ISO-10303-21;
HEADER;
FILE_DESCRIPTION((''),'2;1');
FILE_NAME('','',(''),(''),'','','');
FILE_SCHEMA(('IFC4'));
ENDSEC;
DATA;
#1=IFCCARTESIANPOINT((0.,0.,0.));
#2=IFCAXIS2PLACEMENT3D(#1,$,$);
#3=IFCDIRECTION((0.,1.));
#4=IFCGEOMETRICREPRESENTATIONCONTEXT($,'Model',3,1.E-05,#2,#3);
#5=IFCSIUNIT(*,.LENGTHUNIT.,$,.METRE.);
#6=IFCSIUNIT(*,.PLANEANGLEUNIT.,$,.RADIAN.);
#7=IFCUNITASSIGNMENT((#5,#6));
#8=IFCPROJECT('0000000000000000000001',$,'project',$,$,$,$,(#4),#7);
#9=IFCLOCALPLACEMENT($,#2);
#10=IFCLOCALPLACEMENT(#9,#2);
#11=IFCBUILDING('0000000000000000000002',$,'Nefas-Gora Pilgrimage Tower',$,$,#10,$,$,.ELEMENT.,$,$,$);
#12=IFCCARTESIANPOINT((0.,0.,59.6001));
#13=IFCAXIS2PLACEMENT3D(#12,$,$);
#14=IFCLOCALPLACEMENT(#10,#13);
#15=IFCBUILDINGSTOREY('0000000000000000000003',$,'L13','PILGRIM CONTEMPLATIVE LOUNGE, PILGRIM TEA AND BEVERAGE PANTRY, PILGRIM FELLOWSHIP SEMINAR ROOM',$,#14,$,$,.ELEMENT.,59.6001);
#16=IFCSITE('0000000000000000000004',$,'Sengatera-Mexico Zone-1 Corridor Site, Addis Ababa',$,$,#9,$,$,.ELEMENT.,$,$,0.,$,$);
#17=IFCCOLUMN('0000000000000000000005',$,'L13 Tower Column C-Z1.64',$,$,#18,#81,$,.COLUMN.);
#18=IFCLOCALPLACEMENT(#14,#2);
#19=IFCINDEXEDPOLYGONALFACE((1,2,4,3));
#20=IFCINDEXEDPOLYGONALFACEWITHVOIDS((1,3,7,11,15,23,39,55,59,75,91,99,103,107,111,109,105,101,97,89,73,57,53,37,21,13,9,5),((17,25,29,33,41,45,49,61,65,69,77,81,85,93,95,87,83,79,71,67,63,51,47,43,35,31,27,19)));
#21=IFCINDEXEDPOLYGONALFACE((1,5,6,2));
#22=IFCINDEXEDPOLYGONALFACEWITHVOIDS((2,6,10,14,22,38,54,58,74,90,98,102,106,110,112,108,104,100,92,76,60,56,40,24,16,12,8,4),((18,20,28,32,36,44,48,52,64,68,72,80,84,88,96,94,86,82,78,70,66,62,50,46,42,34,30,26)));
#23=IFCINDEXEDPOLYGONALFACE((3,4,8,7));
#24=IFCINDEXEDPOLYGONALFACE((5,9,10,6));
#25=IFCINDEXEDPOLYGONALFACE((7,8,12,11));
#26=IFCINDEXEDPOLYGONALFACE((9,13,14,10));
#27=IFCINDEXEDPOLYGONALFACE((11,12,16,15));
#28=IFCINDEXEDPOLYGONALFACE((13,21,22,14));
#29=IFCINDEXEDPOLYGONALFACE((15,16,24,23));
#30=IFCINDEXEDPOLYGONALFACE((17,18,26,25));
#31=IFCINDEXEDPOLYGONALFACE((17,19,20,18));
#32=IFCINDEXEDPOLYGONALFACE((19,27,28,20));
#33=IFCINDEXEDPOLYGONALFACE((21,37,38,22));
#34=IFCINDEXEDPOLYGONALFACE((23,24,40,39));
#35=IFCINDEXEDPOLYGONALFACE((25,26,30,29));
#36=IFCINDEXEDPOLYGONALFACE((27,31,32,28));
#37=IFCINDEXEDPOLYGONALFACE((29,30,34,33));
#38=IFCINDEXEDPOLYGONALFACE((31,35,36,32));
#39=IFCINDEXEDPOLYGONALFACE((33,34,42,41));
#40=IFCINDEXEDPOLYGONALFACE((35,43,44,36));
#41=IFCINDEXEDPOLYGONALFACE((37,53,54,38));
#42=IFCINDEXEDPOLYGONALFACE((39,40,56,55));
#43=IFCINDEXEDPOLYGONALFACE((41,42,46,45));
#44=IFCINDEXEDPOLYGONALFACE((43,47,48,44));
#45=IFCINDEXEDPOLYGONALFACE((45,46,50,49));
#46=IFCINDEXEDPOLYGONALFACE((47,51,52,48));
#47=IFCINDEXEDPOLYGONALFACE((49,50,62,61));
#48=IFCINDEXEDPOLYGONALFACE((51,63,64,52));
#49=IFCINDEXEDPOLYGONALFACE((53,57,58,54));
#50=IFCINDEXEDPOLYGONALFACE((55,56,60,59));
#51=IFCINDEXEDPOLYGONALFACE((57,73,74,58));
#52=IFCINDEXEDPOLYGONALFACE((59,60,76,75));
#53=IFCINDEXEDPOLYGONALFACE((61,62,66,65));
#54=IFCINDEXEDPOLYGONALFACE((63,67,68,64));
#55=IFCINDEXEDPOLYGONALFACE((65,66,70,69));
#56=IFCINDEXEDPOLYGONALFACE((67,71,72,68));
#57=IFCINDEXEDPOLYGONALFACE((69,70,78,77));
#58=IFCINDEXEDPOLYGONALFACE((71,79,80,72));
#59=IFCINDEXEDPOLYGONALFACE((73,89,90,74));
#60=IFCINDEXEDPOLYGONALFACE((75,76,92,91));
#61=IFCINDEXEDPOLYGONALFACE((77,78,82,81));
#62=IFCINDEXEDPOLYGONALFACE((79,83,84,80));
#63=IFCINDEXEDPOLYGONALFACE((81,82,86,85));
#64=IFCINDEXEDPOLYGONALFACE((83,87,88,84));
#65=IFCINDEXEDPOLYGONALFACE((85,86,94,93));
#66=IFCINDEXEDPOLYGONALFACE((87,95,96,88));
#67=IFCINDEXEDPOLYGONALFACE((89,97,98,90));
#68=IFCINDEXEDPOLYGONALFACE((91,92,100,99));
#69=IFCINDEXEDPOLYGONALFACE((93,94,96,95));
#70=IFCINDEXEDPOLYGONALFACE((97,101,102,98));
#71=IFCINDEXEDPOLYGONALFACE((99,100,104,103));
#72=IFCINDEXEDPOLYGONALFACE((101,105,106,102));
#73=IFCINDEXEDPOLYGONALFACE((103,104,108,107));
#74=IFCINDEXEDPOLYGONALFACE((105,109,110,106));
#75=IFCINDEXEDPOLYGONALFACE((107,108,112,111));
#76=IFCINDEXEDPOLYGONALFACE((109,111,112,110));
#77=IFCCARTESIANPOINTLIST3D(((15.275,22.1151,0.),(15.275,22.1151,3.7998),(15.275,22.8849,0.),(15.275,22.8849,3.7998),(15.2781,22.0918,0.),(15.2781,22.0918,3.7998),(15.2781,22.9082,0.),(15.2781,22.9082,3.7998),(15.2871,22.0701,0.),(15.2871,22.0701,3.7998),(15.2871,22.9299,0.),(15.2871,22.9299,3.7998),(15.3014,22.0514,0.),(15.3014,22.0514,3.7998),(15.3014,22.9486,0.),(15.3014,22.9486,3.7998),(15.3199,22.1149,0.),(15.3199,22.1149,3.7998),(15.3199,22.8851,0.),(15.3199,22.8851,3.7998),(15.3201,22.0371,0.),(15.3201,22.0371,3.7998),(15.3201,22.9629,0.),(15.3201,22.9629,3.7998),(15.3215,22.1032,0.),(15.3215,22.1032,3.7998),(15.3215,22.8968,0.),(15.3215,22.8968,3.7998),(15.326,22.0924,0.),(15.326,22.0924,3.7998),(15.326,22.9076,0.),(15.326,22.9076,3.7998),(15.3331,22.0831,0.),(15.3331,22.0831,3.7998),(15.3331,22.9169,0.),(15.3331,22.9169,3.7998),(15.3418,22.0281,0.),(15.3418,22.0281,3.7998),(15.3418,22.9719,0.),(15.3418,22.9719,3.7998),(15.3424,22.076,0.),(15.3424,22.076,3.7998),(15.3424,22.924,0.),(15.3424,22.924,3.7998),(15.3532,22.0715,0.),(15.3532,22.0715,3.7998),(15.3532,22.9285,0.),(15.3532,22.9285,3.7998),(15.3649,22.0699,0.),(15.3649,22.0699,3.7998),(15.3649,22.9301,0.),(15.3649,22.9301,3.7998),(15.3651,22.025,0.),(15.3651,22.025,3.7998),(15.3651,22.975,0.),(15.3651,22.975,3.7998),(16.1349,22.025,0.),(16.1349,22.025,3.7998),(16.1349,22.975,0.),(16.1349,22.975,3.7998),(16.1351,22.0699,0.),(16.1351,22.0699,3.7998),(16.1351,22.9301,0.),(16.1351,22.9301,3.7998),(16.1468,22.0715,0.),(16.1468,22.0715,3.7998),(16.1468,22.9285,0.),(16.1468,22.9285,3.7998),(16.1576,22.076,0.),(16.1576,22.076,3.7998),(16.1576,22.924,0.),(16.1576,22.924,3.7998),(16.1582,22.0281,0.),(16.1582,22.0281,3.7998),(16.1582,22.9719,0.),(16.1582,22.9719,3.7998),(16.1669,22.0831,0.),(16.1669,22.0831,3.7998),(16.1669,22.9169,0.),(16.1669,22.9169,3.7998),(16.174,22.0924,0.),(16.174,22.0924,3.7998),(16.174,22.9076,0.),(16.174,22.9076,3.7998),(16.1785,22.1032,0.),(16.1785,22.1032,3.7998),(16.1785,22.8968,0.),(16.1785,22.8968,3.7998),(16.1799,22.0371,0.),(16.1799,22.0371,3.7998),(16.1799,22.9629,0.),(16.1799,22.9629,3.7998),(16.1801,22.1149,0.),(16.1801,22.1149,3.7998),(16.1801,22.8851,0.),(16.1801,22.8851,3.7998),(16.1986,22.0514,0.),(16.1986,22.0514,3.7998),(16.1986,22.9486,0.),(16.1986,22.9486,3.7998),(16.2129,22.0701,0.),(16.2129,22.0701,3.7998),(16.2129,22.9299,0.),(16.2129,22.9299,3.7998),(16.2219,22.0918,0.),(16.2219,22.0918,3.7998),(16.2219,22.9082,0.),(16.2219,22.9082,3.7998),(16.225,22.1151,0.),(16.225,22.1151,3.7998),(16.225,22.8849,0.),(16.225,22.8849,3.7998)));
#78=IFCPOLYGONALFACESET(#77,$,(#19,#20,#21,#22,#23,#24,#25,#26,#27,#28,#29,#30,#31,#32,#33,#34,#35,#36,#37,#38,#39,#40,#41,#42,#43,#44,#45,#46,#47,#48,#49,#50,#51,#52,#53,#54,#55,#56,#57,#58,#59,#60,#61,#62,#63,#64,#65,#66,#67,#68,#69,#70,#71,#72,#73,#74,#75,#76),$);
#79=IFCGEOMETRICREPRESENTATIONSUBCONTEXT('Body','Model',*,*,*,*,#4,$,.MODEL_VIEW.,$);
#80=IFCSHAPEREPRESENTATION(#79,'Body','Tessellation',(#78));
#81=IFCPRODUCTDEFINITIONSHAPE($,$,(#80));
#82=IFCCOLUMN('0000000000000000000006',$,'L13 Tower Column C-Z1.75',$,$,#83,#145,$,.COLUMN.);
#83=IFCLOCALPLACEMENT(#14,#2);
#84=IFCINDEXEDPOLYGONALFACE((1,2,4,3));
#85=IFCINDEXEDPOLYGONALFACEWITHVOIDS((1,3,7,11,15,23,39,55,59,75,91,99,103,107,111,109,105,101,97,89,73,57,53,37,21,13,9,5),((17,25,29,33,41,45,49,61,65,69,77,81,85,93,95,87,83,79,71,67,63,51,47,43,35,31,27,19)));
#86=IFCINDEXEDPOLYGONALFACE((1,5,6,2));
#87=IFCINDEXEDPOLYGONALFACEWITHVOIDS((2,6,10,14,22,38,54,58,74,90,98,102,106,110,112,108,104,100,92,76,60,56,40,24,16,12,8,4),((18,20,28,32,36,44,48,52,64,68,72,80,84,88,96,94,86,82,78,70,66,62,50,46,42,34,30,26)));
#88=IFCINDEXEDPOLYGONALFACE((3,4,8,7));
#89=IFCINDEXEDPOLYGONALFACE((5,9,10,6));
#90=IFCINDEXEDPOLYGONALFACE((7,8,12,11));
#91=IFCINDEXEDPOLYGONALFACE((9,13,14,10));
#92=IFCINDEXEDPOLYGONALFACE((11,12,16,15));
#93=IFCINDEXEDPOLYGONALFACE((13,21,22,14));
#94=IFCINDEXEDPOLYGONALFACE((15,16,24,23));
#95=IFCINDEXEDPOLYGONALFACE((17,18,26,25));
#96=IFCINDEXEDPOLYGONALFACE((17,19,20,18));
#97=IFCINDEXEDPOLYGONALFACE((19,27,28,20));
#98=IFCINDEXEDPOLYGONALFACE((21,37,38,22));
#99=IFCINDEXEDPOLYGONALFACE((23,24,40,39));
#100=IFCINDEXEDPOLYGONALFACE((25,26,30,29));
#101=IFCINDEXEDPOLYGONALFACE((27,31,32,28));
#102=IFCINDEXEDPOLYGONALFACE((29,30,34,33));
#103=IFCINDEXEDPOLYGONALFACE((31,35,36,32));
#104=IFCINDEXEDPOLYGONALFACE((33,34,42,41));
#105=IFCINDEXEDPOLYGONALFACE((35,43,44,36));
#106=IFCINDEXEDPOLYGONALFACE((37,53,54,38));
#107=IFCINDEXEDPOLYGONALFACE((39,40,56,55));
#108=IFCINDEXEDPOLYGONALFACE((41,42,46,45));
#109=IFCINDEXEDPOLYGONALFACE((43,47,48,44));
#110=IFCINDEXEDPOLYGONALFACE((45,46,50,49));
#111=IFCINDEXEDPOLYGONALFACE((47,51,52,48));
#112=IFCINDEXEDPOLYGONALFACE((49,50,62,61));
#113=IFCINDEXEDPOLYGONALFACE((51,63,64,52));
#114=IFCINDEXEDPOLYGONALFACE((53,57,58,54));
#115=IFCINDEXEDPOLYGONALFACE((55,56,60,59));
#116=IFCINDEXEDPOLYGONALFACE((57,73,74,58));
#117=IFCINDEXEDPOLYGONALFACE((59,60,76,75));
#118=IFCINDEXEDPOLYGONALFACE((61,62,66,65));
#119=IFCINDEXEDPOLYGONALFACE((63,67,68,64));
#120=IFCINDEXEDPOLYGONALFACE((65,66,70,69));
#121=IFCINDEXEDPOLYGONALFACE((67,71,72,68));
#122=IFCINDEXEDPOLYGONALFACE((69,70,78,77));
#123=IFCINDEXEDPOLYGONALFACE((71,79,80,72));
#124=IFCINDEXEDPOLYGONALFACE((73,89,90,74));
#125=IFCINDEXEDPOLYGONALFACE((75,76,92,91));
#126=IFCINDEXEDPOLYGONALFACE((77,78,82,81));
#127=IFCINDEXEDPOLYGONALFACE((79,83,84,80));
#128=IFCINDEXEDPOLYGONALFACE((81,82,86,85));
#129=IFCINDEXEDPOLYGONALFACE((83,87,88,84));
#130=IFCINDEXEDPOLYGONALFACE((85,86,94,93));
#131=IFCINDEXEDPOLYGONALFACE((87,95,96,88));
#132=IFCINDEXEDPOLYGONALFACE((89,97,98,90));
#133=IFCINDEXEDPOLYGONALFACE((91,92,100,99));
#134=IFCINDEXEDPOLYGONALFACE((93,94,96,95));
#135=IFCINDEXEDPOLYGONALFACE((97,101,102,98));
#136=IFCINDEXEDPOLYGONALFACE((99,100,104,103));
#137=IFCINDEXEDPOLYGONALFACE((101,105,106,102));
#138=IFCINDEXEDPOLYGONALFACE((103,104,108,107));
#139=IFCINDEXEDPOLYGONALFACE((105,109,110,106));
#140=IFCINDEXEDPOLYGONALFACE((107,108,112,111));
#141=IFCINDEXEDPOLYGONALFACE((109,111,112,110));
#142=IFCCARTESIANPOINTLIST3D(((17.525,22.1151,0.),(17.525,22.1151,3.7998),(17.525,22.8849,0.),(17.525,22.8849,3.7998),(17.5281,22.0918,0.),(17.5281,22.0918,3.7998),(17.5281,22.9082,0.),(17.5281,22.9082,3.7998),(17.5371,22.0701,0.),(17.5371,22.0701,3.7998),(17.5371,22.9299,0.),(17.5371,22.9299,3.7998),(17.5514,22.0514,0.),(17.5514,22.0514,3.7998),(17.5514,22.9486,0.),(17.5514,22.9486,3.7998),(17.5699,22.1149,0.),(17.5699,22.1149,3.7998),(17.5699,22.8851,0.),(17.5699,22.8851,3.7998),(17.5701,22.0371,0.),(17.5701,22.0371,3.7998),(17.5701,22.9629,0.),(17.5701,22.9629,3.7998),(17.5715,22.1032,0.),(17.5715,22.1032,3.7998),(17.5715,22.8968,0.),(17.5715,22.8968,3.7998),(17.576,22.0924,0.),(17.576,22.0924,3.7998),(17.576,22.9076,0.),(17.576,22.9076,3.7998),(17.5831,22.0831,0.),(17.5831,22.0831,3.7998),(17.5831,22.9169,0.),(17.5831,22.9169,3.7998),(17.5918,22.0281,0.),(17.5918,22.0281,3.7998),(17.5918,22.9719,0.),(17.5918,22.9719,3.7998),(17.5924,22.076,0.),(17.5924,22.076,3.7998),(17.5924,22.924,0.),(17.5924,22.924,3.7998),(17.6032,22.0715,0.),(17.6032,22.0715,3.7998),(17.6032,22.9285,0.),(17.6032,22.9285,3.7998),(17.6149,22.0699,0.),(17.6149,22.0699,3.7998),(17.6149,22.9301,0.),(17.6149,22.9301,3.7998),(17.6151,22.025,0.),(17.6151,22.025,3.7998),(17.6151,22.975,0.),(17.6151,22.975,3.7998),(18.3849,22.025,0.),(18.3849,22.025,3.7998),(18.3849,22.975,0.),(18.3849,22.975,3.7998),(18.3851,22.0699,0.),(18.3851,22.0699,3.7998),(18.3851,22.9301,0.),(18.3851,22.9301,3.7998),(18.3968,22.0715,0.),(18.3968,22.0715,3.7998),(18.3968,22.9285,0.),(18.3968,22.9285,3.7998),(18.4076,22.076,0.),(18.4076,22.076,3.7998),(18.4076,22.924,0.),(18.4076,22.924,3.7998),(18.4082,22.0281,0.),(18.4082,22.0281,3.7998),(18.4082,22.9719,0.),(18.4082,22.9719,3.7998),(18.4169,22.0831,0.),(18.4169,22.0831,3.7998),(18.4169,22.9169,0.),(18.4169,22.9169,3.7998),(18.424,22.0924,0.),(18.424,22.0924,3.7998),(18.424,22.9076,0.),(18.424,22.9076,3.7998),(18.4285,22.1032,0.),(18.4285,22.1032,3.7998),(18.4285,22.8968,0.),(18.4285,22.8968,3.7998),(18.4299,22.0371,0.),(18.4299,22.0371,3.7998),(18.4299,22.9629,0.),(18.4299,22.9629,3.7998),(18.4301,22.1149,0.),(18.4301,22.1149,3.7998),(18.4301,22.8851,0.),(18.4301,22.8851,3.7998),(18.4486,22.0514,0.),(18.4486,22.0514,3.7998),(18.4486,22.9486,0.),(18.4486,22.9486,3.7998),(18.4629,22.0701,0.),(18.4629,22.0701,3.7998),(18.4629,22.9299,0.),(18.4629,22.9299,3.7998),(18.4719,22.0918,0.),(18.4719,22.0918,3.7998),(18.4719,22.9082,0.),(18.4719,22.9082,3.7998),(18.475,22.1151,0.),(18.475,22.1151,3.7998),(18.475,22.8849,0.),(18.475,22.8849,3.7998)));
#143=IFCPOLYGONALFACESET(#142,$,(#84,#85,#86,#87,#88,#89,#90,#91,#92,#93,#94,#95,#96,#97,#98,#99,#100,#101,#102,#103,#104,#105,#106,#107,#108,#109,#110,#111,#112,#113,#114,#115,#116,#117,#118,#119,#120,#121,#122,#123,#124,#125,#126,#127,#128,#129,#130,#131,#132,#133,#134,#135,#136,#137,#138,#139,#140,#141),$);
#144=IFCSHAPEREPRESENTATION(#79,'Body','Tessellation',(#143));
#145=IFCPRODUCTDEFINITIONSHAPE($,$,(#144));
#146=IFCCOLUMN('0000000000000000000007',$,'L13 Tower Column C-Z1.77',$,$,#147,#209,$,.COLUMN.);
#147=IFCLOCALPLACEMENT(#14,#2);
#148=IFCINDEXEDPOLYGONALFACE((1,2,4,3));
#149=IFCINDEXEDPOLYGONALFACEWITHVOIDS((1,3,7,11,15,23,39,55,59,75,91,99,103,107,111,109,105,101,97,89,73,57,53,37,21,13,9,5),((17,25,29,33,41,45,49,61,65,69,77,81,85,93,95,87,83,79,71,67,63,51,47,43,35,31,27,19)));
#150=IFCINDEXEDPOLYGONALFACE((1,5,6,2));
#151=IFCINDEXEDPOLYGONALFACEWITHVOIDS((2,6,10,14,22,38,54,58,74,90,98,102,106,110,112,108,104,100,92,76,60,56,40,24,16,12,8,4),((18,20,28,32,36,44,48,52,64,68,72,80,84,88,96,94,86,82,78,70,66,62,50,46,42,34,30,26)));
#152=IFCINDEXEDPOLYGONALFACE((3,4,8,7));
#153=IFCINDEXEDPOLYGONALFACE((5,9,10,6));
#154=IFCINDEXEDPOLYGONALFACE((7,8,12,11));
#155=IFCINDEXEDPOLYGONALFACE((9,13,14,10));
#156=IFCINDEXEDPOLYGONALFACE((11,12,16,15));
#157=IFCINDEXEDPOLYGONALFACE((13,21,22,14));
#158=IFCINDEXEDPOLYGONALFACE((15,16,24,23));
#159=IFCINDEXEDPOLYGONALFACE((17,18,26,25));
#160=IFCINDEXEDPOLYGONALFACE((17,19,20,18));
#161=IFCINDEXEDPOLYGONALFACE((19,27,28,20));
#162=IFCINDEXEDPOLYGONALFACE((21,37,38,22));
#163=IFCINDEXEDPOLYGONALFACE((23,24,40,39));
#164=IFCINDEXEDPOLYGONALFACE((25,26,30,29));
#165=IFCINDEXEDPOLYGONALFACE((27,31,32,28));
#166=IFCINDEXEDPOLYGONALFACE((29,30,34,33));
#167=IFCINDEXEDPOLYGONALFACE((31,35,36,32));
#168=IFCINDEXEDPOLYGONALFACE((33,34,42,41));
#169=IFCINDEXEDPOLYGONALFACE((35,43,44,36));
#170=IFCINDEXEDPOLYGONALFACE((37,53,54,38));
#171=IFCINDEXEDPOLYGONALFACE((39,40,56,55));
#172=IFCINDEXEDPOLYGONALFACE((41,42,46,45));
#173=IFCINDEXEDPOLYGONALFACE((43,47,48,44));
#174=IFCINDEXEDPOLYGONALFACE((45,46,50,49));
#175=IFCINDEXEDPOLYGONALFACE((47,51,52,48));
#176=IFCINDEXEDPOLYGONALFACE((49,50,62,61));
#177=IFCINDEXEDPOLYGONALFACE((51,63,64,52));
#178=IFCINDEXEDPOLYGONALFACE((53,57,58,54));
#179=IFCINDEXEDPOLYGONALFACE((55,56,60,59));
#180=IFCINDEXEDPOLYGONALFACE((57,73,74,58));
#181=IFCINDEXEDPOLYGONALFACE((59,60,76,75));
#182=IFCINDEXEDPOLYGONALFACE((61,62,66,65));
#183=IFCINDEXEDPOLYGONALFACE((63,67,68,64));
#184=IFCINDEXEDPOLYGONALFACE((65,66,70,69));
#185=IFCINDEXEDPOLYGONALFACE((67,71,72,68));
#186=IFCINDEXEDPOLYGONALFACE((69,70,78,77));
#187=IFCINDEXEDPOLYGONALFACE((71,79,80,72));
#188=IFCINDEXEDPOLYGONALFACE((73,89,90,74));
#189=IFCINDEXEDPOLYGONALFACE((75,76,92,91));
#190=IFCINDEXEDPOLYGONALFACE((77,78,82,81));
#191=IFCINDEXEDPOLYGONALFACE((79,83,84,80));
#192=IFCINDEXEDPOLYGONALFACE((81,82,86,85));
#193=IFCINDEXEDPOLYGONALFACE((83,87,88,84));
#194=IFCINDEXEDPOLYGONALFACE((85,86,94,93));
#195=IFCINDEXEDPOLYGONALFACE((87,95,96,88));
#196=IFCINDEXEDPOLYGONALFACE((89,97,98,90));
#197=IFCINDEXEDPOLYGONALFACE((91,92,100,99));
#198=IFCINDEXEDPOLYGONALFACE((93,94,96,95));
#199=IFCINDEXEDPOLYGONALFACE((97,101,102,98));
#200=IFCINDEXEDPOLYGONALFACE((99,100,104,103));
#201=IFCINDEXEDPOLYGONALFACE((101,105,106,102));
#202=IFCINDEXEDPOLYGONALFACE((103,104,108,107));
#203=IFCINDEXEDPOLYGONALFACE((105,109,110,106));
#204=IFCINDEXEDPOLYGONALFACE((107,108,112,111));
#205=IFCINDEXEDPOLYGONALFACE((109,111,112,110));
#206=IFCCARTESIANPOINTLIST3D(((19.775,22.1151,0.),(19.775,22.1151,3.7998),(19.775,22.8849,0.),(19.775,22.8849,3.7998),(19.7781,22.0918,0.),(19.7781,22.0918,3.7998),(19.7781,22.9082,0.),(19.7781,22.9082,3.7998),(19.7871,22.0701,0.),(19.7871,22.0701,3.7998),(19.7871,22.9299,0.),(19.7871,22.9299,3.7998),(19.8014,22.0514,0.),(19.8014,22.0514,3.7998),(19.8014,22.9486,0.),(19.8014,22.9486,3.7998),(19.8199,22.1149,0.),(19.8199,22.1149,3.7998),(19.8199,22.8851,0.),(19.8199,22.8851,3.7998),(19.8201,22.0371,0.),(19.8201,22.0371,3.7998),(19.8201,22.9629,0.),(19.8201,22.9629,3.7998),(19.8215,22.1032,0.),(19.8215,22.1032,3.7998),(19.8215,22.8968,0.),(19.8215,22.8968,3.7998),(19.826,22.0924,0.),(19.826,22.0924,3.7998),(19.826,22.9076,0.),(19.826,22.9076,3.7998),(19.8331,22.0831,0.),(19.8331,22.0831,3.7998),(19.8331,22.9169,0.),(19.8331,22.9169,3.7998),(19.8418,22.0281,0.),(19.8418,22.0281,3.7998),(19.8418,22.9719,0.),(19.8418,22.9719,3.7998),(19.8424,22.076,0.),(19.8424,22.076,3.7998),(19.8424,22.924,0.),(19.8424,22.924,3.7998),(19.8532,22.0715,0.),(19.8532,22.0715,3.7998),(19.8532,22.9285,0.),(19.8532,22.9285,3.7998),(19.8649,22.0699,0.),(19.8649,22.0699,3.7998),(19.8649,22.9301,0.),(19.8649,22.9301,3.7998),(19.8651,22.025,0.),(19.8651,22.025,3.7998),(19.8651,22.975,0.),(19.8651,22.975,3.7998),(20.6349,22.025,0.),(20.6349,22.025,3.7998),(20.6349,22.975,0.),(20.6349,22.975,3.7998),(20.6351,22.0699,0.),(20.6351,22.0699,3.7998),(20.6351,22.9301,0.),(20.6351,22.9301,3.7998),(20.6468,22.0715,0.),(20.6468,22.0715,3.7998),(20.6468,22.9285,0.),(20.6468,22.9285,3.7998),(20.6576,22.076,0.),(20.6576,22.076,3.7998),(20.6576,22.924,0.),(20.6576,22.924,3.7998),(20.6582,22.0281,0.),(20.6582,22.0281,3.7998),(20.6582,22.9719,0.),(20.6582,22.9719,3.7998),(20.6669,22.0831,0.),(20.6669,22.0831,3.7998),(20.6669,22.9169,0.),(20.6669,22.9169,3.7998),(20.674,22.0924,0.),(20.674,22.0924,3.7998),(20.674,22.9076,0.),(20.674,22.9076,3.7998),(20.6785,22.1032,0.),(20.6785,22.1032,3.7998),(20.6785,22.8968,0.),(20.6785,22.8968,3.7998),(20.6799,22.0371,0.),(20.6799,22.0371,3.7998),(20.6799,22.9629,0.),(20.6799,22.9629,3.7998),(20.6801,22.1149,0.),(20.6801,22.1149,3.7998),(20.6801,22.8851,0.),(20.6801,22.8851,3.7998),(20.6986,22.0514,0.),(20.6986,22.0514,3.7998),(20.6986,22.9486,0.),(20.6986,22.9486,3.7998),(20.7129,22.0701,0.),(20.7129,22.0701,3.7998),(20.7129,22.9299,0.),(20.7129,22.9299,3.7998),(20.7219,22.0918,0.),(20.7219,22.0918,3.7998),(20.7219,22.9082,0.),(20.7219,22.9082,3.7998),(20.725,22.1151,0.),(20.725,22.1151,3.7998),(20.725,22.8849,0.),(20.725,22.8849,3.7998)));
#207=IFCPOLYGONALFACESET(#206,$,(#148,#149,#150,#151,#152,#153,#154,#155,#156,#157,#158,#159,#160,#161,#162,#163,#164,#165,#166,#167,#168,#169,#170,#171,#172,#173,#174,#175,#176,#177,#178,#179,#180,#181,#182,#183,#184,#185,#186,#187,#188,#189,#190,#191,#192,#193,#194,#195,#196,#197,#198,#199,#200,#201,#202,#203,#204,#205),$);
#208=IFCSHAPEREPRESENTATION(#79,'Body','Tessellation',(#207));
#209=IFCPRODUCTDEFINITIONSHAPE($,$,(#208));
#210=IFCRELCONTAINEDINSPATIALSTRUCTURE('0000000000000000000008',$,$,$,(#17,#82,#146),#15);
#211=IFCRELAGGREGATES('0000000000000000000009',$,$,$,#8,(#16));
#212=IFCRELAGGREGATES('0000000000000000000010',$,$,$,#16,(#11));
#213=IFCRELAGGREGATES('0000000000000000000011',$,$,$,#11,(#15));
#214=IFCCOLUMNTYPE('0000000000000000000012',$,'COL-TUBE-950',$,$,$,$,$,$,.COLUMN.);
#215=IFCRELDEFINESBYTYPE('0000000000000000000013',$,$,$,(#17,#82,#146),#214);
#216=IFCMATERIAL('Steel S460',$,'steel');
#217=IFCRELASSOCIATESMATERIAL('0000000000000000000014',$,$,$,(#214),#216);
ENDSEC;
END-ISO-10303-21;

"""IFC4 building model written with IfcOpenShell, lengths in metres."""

from ifc_helpers import new_model, si_unit, direction, frame, origin, origin_2d, place, context, subcontext, project, spatial, hollow_rectangle, extrude, source, transform, mapped, material, material_profile, profile_set, type_object, element, save


model = new_model("IFC4")

# Units and contexts
model_context = context("Model", 3, precision=1e-05, world=origin(), true_north=direction((0.0, 1.0)))
body_context = subcontext(model_context, "Body", "Model", "MODEL_VIEW")
ifc_project = project(units=[si_unit("LENGTHUNIT", "METRE"), si_unit("PLANEANGLEUNIT", "RADIAN")], contexts=[model_context])

# Site, building, storey
site_placement = place(None, origin())
site = spatial("IfcSite", under=ifc_project, at=site_placement, Name="Sengatera-Mexico Zone-1 Corridor Site, Addis Ababa", CompositionType="ELEMENT", RefElevation=0.0)
building_placement = place(site_placement, origin())
building = spatial("IfcBuilding", under=site, at=building_placement, Name="Nefas-Gora Pilgrimage Tower", CompositionType="ELEMENT")
storey_placement = place(building_placement, frame((0.0, 0.0, 59.6001)))
storey = spatial("IfcBuildingStorey", under=building, at=storey_placement, Name="L13", Description="PILGRIM CONTEMPLATIVE LOUNGE, PILGRIM TEA AND BEVERAGE PANTRY, PILGRIM FELLOWSHIP SEMINAR ROOM", CompositionType="ELEMENT", Elevation=59.6001)

# Columns
ifc_material_1 = material(Name="Steel S460", Category="steel")
ifc_material_profile_1 = material_profile(ifc_material_1, hollow_rectangle(XDim=0.95, YDim=0.95, WallThickness=0.0449, InnerFilletRadius=0.0449, OuterFilletRadius=0.0901, at=origin_2d()), Name="BOX 950x950x45")
ifc_profile_set_1 = profile_set([ifc_material_profile_1], Name="Steel S460")
column_type_1 = type_object("IfcColumnType", Name="COL-TUBE-950", PredefinedType="COLUMN", material=ifc_profile_set_1)
shared_shape_1 = source(origin(), body_context, "Body", "SweptSolid", [
    extrude(hollow_rectangle(XDim=0.95, YDim=0.95, WallThickness=0.0449, InnerFilletRadius=0.0449, OuterFilletRadius=0.0901, at=origin_2d()), origin(), (0.0, 0.0, 1.0), 3.7998),
])
for number, where, z_axis, x_axis, name in (
    (1, (15.75, 22.5, 0.0), (0.0, 0.0, 1.0), (1.0, 0.0, 0.0), "L13 Tower Column C-Z1.64"),
    (2, (18.0, 22.5, 0.0), (0.0, 0.0, 1.0), (1.0, 0.0, 0.0), "L13 Tower Column C-Z1.75"),
    (3, (20.25, 22.5, 0.0), (0.0, 0.0, 1.0), (1.0, 0.0, 0.0), "L13 Tower Column C-Z1.77"),
):
    element("IfcColumn", number, at=place(storey_placement, frame(where, z_axis=z_axis, x_axis=x_axis)), inside=storey, type_object=column_type_1, Name=name, PredefinedType="COLUMN", context=body_context, shape_type="MappedRepresentation", body=[
        mapped(shared_shape_1, transform((0.0, 0.0, 0.0), x_axis=(1.0, 0.0, 0.0), y_axis=(0.0, 1.0, 0.0), z_axis=(0.0, 0.0, 1.0), scale=1.0)),
    ])

save(model, "model.ifc")
